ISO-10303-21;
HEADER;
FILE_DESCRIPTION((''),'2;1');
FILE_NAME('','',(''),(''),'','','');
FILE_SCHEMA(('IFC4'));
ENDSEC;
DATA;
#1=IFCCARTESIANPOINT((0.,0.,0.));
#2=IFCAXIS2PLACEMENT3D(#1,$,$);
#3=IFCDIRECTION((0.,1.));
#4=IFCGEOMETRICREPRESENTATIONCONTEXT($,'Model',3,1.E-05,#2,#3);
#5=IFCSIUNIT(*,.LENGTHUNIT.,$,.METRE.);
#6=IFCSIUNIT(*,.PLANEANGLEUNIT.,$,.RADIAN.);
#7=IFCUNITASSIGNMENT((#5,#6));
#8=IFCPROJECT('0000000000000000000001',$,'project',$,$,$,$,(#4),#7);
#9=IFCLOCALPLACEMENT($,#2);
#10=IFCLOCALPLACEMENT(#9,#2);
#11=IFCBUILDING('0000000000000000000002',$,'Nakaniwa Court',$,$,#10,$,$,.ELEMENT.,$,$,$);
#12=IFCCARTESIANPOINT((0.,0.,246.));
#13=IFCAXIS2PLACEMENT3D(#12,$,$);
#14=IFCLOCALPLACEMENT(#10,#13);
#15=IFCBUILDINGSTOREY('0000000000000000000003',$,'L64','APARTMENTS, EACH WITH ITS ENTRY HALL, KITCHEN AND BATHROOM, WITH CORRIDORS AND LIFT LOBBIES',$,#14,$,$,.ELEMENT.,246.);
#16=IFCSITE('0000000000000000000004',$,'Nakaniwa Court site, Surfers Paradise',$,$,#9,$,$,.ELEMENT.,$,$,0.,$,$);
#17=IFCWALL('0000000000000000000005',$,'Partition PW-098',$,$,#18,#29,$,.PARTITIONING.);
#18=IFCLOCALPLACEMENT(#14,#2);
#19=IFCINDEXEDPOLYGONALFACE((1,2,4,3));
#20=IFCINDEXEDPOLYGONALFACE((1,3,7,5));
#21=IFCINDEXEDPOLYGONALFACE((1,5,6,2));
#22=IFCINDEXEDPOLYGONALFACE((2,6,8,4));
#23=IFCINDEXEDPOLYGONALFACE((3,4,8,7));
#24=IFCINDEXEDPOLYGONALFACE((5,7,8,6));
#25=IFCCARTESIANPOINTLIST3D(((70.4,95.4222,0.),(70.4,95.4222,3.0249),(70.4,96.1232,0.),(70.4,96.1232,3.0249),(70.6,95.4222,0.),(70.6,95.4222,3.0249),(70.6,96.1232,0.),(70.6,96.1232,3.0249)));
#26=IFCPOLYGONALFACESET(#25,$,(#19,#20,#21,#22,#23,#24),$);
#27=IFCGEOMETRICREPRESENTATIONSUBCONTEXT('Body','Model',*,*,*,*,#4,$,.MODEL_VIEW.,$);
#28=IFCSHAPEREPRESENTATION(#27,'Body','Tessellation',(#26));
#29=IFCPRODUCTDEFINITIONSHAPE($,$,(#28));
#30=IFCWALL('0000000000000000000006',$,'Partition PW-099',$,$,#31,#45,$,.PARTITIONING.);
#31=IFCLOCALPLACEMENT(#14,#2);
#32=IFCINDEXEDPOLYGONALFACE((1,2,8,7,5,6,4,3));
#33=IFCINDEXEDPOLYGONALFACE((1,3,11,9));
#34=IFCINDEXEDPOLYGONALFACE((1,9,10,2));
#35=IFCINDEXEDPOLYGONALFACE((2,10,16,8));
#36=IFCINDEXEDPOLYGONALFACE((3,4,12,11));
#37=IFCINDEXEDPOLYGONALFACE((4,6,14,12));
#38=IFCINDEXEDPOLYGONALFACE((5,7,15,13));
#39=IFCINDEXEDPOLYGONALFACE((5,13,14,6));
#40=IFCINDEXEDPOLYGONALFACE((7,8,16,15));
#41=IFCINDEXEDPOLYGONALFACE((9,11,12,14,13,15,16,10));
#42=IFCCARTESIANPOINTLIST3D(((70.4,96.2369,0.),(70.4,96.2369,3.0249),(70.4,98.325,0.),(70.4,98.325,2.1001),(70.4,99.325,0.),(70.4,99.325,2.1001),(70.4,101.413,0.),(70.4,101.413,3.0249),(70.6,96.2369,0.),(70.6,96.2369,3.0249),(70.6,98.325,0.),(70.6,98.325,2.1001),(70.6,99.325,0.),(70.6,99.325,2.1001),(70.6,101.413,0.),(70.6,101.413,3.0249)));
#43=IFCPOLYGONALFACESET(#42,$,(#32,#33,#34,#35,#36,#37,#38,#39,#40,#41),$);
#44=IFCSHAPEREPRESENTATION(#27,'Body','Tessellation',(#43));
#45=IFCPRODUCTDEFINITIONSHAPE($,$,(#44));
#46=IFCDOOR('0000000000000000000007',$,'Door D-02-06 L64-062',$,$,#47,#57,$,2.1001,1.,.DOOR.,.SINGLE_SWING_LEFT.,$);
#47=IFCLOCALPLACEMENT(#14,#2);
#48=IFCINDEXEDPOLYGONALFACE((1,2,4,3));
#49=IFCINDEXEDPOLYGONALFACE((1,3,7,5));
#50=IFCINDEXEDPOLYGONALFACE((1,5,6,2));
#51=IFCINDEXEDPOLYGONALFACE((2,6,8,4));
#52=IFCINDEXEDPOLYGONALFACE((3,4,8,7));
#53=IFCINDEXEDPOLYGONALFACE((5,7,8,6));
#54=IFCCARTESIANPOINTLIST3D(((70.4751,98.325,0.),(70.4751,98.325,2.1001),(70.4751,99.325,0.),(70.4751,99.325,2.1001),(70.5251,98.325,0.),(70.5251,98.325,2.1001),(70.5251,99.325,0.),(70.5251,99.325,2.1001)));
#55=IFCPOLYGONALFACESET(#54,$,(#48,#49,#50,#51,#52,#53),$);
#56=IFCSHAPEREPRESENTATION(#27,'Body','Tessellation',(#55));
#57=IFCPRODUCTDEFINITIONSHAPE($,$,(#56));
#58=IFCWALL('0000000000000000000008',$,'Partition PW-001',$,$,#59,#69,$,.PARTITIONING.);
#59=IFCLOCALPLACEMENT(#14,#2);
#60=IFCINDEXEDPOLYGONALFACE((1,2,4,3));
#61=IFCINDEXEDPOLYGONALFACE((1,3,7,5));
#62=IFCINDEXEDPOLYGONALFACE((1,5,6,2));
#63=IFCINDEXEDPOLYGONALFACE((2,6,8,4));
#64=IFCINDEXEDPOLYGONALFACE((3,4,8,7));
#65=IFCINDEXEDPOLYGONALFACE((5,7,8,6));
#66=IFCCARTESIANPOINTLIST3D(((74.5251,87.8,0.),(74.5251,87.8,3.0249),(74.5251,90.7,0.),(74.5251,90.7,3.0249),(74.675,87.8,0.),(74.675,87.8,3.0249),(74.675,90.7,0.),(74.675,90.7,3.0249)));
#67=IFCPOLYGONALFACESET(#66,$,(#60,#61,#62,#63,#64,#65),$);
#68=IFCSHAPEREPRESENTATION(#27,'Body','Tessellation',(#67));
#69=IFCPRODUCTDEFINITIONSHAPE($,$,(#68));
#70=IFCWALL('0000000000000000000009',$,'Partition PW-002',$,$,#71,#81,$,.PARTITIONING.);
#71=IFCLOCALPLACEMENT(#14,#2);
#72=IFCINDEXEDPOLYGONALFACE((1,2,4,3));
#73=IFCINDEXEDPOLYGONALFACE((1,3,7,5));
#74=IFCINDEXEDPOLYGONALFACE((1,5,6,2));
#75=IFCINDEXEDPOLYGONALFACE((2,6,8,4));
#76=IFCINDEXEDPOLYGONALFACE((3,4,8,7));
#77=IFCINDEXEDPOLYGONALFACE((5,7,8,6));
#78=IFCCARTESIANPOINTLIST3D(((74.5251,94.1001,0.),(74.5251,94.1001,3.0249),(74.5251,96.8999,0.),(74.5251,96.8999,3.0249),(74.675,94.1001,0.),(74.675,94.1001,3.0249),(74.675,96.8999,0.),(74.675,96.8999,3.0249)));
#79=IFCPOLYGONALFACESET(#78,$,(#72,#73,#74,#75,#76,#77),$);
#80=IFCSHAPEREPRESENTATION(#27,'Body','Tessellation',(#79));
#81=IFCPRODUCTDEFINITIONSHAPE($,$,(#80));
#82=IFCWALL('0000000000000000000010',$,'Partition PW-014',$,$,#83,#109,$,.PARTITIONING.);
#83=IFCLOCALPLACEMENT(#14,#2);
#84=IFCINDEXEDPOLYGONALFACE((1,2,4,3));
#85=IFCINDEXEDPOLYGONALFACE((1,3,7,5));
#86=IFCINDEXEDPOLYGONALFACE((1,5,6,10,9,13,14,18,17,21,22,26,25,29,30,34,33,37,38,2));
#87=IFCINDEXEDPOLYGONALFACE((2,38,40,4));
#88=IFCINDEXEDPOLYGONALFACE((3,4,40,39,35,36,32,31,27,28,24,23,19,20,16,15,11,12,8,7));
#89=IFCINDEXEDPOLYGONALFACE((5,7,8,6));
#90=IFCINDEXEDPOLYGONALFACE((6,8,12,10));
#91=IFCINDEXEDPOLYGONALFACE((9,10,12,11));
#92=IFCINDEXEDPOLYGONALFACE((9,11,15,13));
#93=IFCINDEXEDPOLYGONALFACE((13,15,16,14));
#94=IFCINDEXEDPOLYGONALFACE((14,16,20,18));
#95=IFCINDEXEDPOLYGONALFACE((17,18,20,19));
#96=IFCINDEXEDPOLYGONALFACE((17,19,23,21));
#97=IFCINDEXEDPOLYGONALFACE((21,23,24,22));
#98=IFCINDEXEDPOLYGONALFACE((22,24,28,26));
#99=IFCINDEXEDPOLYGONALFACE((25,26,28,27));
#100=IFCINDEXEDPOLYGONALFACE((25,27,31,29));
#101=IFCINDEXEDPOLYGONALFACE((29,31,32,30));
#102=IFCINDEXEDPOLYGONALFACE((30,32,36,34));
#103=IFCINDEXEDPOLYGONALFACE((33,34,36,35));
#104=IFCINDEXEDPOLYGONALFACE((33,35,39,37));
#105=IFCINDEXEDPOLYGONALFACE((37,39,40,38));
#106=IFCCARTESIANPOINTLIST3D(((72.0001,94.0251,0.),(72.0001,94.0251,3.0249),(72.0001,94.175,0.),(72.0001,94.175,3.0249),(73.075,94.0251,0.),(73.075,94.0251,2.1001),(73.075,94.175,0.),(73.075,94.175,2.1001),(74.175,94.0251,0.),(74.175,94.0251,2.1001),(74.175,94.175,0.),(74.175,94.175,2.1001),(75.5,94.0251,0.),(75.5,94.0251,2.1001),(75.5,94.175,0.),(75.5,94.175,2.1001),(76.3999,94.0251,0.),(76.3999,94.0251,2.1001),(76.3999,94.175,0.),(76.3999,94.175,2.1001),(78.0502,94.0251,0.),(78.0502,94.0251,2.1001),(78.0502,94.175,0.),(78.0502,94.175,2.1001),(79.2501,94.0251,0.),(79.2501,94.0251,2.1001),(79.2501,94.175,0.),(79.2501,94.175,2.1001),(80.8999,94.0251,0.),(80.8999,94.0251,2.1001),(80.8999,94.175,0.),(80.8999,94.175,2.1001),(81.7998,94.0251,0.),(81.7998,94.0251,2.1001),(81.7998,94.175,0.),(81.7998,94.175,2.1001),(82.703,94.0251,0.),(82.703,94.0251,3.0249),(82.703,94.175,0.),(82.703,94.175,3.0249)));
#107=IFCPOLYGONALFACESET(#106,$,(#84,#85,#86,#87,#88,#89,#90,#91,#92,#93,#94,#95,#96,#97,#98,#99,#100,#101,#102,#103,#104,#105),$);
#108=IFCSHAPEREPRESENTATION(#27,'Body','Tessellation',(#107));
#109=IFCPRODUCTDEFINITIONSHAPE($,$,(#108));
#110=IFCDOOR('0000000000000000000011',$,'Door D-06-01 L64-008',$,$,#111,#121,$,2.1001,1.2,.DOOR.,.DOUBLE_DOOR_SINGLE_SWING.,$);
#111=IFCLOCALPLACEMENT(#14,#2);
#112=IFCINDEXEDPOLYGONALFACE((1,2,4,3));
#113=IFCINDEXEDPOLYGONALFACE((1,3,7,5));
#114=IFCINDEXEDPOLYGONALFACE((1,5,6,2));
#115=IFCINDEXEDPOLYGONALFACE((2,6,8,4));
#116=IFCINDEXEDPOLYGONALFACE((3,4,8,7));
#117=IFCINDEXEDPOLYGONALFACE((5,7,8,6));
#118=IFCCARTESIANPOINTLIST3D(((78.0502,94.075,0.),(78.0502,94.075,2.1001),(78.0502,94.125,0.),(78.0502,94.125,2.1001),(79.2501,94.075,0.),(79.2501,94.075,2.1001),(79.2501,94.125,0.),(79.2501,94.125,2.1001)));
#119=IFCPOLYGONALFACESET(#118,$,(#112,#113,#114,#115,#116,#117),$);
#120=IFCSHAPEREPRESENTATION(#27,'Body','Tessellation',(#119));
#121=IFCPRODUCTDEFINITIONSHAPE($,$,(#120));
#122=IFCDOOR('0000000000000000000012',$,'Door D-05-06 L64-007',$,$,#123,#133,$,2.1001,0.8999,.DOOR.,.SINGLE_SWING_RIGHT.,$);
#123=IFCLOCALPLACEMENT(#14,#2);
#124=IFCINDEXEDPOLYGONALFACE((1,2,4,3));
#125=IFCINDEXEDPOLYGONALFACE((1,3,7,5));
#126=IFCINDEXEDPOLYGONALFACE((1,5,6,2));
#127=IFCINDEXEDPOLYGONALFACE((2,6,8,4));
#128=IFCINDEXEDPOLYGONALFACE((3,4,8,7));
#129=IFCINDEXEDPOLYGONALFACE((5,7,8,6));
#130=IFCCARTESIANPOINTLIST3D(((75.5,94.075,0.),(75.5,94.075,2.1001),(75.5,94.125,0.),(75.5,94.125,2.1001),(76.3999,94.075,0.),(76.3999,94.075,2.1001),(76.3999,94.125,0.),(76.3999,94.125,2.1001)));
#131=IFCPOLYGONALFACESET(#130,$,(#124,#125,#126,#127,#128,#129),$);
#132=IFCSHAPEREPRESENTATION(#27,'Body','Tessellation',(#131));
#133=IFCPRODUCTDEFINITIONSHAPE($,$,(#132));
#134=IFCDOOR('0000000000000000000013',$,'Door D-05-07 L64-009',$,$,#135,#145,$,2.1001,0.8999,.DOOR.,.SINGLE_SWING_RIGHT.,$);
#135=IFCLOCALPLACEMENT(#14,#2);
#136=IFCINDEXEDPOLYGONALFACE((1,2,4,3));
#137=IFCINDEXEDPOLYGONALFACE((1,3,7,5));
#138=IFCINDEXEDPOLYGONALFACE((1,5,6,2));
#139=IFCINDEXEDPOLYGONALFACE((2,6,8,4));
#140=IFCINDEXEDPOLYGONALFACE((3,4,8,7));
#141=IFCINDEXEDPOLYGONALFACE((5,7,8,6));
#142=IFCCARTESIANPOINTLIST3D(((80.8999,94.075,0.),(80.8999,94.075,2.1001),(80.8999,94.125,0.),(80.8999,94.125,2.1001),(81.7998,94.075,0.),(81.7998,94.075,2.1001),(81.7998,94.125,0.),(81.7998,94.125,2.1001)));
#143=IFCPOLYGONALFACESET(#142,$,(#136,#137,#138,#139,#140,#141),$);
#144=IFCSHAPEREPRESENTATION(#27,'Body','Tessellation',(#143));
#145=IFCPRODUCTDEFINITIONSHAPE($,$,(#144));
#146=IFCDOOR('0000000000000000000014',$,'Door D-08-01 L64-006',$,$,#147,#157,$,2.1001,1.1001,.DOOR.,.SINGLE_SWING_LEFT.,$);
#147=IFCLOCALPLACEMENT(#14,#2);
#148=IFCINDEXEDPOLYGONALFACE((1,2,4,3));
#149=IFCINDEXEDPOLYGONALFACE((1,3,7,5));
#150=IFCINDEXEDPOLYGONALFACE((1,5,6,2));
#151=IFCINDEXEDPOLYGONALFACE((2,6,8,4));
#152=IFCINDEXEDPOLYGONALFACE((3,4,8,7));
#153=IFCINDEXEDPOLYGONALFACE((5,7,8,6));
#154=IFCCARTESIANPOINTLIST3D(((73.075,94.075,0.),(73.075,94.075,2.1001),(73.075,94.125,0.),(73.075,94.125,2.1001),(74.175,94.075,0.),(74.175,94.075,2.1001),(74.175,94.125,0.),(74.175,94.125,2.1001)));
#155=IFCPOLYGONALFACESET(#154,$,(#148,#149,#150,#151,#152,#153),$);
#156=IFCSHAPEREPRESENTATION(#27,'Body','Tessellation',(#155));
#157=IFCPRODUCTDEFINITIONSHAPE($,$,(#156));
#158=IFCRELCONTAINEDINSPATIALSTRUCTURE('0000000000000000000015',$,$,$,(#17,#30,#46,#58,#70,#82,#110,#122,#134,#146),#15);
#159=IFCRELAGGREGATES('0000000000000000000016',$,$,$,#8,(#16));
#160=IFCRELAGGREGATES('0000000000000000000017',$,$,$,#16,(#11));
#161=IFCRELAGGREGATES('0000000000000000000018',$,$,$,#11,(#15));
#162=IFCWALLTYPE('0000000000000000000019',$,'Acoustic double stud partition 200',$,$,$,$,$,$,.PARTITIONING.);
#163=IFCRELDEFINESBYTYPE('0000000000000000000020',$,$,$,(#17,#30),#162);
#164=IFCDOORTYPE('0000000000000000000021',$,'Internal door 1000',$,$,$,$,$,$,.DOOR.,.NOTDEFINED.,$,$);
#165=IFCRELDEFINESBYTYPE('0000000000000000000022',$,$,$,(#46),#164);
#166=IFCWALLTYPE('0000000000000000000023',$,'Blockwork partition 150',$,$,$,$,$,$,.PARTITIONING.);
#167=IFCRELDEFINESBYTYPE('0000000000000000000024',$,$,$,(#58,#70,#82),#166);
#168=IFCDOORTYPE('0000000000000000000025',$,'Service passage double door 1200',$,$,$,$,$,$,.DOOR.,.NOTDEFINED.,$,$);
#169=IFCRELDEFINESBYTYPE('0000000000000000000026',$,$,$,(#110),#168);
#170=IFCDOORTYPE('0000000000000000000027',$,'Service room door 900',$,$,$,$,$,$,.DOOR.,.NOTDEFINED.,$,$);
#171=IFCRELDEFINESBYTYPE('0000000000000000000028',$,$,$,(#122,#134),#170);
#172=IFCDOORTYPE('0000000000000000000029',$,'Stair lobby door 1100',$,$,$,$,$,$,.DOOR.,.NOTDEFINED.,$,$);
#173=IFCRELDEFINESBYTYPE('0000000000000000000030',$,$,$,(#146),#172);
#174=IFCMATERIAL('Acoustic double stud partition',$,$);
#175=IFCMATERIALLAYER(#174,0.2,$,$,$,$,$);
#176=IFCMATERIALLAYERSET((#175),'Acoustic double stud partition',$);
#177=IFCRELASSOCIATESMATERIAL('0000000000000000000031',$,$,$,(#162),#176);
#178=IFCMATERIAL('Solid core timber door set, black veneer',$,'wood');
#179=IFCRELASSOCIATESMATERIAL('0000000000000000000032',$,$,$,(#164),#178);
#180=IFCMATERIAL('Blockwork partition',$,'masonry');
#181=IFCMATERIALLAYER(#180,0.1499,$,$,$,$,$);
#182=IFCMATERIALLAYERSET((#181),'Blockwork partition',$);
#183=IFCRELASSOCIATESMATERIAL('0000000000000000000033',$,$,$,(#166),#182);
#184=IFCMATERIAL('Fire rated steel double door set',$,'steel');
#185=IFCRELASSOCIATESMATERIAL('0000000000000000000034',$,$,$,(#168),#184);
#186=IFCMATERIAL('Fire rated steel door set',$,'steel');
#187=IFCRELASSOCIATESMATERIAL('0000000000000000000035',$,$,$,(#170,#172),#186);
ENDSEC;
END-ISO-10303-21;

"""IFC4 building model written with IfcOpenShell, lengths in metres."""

from ifc_helpers import new_model, si_unit, direction, frame, frame_2d, origin, place, context, subcontext, project, spatial, rectangle, extrude, material, layer, layer_set, type_object, element, fill, save


model = new_model("IFC4")

# Units and contexts
model_context = context("Model", 3, precision=1e-05, world=origin(), true_north=direction((0.0, 1.0)))
body_context = subcontext(model_context, "Body", "Model", "MODEL_VIEW")
ifc_project = project(units=[si_unit("LENGTHUNIT", "METRE"), si_unit("PLANEANGLEUNIT", "RADIAN")], contexts=[model_context])

# Site, building, storey
site_placement = place(None, origin())
site = spatial("IfcSite", under=ifc_project, at=site_placement, Name="Nakaniwa Court site, Surfers Paradise", CompositionType="ELEMENT", RefElevation=0.0)
building_placement = place(site_placement, origin())
building = spatial("IfcBuilding", under=site, at=building_placement, Name="Nakaniwa Court", CompositionType="ELEMENT")
storey_placement = place(building_placement, frame((0.0, 0.0, 246.0)))
storey = spatial("IfcBuildingStorey", under=building, at=storey_placement, Name="L64", Description="APARTMENTS, EACH WITH ITS ENTRY HALL, KITCHEN AND BATHROOM, WITH CORRIDORS AND LIFT LOBBIES", CompositionType="ELEMENT", Elevation=246.0)

# Shared definitions
ifc_material_1 = material(Name="Acoustic double stud partition")
ifc_layer_1 = layer(ifc_material_1, 0.2)
ifc_layer_set_1 = layer_set([ifc_layer_1], Name="Acoustic double stud partition")
wall_type_1 = type_object("IfcWallType", Name="Acoustic double stud partition 200", PredefinedType="PARTITIONING", material=ifc_layer_set_1)
ifc_material_2 = material(Name="Solid core timber door set, black veneer", Category="wood")

# Wall
wall_1_placement = place(storey_placement, frame((70.5, 95.4221, 0.0), z_axis=(0.0, 0.0, 1.0), x_axis=(0.0, 1.0, 0.0)))
element("IfcWall", 1, at=wall_1_placement, inside=storey, type_object=wall_type_1, Name="Partition PW-098", PredefinedType="PARTITIONING", context=body_context, shape_type="SweptSolid", body=[
    extrude(rectangle(XDim=0.7009, YDim=0.2, at=frame_2d((0.3506, 0.0))), origin(), (0.0, 0.0, 1.0), 3.0249),
])

# Wall, opening, door
wall_2_placement = place(storey_placement, frame((70.5, 96.2371, 0.0), z_axis=(0.0, 0.0, 1.0), x_axis=(0.0, 1.0, 0.0)))
wall_2 = element("IfcWall", 2, at=wall_2_placement, inside=storey, type_object=wall_type_1, Name="Partition PW-099", PredefinedType="PARTITIONING", context=body_context, shape_type="SweptSolid", body=[
    extrude(rectangle(XDim=5.176, YDim=0.2, at=frame_2d((2.5879, 0.0))), origin(), (0.0, 0.0, 1.0), 3.0249),
])
opening_1_placement = place(wall_2_placement, frame((2.0879, 0.0, 0.0)))
opening_1 = element("IfcOpeningElement", 3, at=opening_1_placement, cuts=wall_2, PredefinedType="OPENING", context=body_context, shape_type="SweptSolid", body=[
    extrude(rectangle(XDim=1.0, YDim=2.1001, at=frame_2d((0.5, 1.05))), frame((0.0, 0.1099, 0.0), z_axis=(0.0, -1.0, 0.0), x_axis=(1.0, 0.0, 0.0)), (0.0, 0.0, 1.0), 0.22),
])
door_type_1 = type_object("IfcDoorType", Name="Internal door 1000", OperationType="NOTDEFINED", PredefinedType="DOOR", material=ifc_material_2)
door_1_placement = place(opening_1_placement, origin())
door_1 = element("IfcDoor", 4, at=door_1_placement, inside=storey, type_object=door_type_1, Name="Door D-02-06 L64-062", OperationType="SINGLE_SWING_LEFT", OverallHeight=2.1001, OverallWidth=1.0, PredefinedType="DOOR", context=body_context, shape_type="SweptSolid", body=[
    extrude(rectangle(XDim=1.0, YDim=2.1001, at=frame_2d((0.5, 1.05))), frame((0.0, 0.0249, 0.0), z_axis=(0.0, -1.0, 0.0), x_axis=(1.0, 0.0, 0.0)), (0.0, 0.0, 1.0), 0.05),
])
fill(opening_1, door_1)

# Walls
ifc_material_3 = material(Name="Blockwork partition", Category="masonry")
ifc_layer_2 = layer(ifc_material_3, 0.1499)
ifc_layer_set_2 = layer_set([ifc_layer_2], Name="Blockwork partition")
wall_type_2 = type_object("IfcWallType", Name="Blockwork partition 150", PredefinedType="PARTITIONING", material=ifc_layer_set_2)
wall_3_placement = place(storey_placement, frame((74.6001, 87.8, 0.0), z_axis=(0.0, 0.0, 1.0), x_axis=(0.0, 1.0, 0.0)))
element("IfcWall", 5, at=wall_3_placement, inside=storey, type_object=wall_type_2, Name="Partition PW-001", PredefinedType="PARTITIONING", context=body_context, shape_type="SweptSolid", body=[
    extrude(rectangle(XDim=2.8999, YDim=0.1499, at=frame_2d((1.45, 0.0))), origin(), (0.0, 0.0, 1.0), 3.0249),
])
wall_4_placement = place(storey_placement, frame((74.6001, 94.1001, 0.0), z_axis=(0.0, 0.0, 1.0), x_axis=(0.0, 1.0, 0.0)))
element("IfcWall", 6, at=wall_4_placement, inside=storey, type_object=wall_type_2, Name="Partition PW-002", PredefinedType="PARTITIONING", context=body_context, shape_type="SweptSolid", body=[
    extrude(rectangle(XDim=2.7998, YDim=0.1499, at=frame_2d((1.3999, 0.0))), origin(), (0.0, 0.0, 1.0), 3.0249),
])

# Wall, openings, doors
wall_5_placement = place(storey_placement, frame((72.0, 94.1001, 0.0), z_axis=(0.0, 0.0, 1.0), x_axis=(1.0, 0.0, 0.0)))
wall_5 = element("IfcWall", 7, at=wall_5_placement, inside=storey, type_object=wall_type_2, Name="Partition PW-014", PredefinedType="PARTITIONING", context=body_context, shape_type="SweptSolid", body=[
    extrude(rectangle(XDim=10.7029, YDim=0.1499, at=frame_2d((5.3516, 0.0))), origin(), (0.0, 0.0, 1.0), 3.0249),
])
opening_2_placement = place(wall_5_placement, frame((1.075, 0.0, 0.0)))
opening_2 = element("IfcOpeningElement", 8, at=opening_2_placement, cuts=wall_5, PredefinedType="OPENING", context=body_context, shape_type="SweptSolid", body=[
    extrude(rectangle(XDim=1.1001, YDim=2.1001, at=frame_2d((0.55, 1.05))), frame((0.0, 0.085, 0.0), z_axis=(0.0, -1.0, 0.0), x_axis=(1.0, 0.0, 0.0)), (0.0, 0.0, 1.0), 0.1699),
])
opening_3_placement = place(wall_5_placement, frame((3.5, 0.0, 0.0)))
opening_3 = element("IfcOpeningElement", 9, at=opening_3_placement, cuts=wall_5, PredefinedType="OPENING", context=body_context, shape_type="SweptSolid", body=[
    extrude(rectangle(XDim=0.8999, YDim=2.1001, at=frame_2d((0.45, 1.05))), frame((0.0, 0.085, 0.0), z_axis=(0.0, -1.0, 0.0), x_axis=(1.0, 0.0, 0.0)), (0.0, 0.0, 1.0), 0.1699),
])
opening_4_placement = place(wall_5_placement, frame((6.05, 0.0, 0.0)))
opening_4 = element("IfcOpeningElement", 10, at=opening_4_placement, cuts=wall_5, PredefinedType="OPENING", context=body_context, shape_type="SweptSolid", body=[
    extrude(rectangle(XDim=1.2, YDim=2.1001, at=frame_2d((0.6001, 1.05))), frame((0.0, 0.085, 0.0), z_axis=(0.0, -1.0, 0.0), x_axis=(1.0, 0.0, 0.0)), (0.0, 0.0, 1.0), 0.1699),
])
opening_5_placement = place(wall_5_placement, frame((8.8999, 0.0, 0.0)))
opening_5 = element("IfcOpeningElement", 11, at=opening_5_placement, cuts=wall_5, PredefinedType="OPENING", context=body_context, shape_type="SweptSolid", body=[
    extrude(rectangle(XDim=0.8999, YDim=2.1001, at=frame_2d((0.45, 1.05))), frame((0.0, 0.085, 0.0), z_axis=(0.0, -1.0, 0.0), x_axis=(1.0, 0.0, 0.0)), (0.0, 0.0, 1.0), 0.1699),
])
ifc_material_4 = material(Name="Fire rated steel double door set", Category="steel")
door_type_2 = type_object("IfcDoorType", Name="Service passage double door 1200", OperationType="NOTDEFINED", PredefinedType="DOOR", material=ifc_material_4)
door_2_placement = place(opening_4_placement, origin())
door_2 = element("IfcDoor", 12, at=door_2_placement, inside=storey, type_object=door_type_2, Name="Door D-06-01 L64-008", OperationType="DOUBLE_DOOR_SINGLE_SWING", OverallHeight=2.1001, OverallWidth=1.2, PredefinedType="DOOR", context=body_context, shape_type="SweptSolid", body=[
    extrude(rectangle(XDim=1.2, YDim=2.1001, at=frame_2d((0.6001, 1.05))), frame((0.0, 0.0249, 0.0), z_axis=(0.0, -1.0, 0.0), x_axis=(1.0, 0.0, 0.0)), (0.0, 0.0, 1.0), 0.05),
])
fill(opening_4, door_2)
ifc_material_5 = material(Name="Fire rated steel door set", Category="steel")
door_type_3 = type_object("IfcDoorType", Name="Service room door 900", OperationType="NOTDEFINED", PredefinedType="DOOR", material=ifc_material_5)
door_3_placement = place(opening_3_placement, origin())
door_3 = element("IfcDoor", 13, at=door_3_placement, inside=storey, type_object=door_type_3, Name="Door D-05-06 L64-007", OperationType="SINGLE_SWING_RIGHT", OverallHeight=2.1001, OverallWidth=0.8999, PredefinedType="DOOR", context=body_context, shape_type="SweptSolid", body=[
    extrude(rectangle(XDim=0.8999, YDim=2.1001, at=frame_2d((0.45, 1.05))), frame((0.0, 0.0249, 0.0), z_axis=(0.0, -1.0, 0.0), x_axis=(1.0, 0.0, 0.0)), (0.0, 0.0, 1.0), 0.05),
])
fill(opening_3, door_3)
door_4_placement = place(opening_5_placement, origin())
door_4 = element("IfcDoor", 14, at=door_4_placement, inside=storey, type_object=door_type_3, Name="Door D-05-07 L64-009", OperationType="SINGLE_SWING_RIGHT", OverallHeight=2.1001, OverallWidth=0.8999, PredefinedType="DOOR", context=body_context, shape_type="SweptSolid", body=[
    extrude(rectangle(XDim=0.8999, YDim=2.1001, at=frame_2d((0.45, 1.05))), frame((0.0, 0.0249, 0.0), z_axis=(0.0, -1.0, 0.0), x_axis=(1.0, 0.0, 0.0)), (0.0, 0.0, 1.0), 0.05),
])
fill(opening_5, door_4)
door_type_4 = type_object("IfcDoorType", Name="Stair lobby door 1100", OperationType="NOTDEFINED", PredefinedType="DOOR", material=ifc_material_5)
door_5_placement = place(opening_2_placement, origin())
door_5 = element("IfcDoor", 15, at=door_5_placement, inside=storey, type_object=door_type_4, Name="Door D-08-01 L64-006", OperationType="SINGLE_SWING_LEFT", OverallHeight=2.1001, OverallWidth=1.1001, PredefinedType="DOOR", context=body_context, shape_type="SweptSolid", body=[
    extrude(rectangle(XDim=1.1001, YDim=2.1001, at=frame_2d((0.55, 1.05))), frame((0.0, 0.0249, 0.0), z_axis=(0.0, -1.0, 0.0), x_axis=(1.0, 0.0, 0.0)), (0.0, 0.0, 1.0), 0.05),
])
fill(opening_2, door_5)

save(model, "model.ifc")
